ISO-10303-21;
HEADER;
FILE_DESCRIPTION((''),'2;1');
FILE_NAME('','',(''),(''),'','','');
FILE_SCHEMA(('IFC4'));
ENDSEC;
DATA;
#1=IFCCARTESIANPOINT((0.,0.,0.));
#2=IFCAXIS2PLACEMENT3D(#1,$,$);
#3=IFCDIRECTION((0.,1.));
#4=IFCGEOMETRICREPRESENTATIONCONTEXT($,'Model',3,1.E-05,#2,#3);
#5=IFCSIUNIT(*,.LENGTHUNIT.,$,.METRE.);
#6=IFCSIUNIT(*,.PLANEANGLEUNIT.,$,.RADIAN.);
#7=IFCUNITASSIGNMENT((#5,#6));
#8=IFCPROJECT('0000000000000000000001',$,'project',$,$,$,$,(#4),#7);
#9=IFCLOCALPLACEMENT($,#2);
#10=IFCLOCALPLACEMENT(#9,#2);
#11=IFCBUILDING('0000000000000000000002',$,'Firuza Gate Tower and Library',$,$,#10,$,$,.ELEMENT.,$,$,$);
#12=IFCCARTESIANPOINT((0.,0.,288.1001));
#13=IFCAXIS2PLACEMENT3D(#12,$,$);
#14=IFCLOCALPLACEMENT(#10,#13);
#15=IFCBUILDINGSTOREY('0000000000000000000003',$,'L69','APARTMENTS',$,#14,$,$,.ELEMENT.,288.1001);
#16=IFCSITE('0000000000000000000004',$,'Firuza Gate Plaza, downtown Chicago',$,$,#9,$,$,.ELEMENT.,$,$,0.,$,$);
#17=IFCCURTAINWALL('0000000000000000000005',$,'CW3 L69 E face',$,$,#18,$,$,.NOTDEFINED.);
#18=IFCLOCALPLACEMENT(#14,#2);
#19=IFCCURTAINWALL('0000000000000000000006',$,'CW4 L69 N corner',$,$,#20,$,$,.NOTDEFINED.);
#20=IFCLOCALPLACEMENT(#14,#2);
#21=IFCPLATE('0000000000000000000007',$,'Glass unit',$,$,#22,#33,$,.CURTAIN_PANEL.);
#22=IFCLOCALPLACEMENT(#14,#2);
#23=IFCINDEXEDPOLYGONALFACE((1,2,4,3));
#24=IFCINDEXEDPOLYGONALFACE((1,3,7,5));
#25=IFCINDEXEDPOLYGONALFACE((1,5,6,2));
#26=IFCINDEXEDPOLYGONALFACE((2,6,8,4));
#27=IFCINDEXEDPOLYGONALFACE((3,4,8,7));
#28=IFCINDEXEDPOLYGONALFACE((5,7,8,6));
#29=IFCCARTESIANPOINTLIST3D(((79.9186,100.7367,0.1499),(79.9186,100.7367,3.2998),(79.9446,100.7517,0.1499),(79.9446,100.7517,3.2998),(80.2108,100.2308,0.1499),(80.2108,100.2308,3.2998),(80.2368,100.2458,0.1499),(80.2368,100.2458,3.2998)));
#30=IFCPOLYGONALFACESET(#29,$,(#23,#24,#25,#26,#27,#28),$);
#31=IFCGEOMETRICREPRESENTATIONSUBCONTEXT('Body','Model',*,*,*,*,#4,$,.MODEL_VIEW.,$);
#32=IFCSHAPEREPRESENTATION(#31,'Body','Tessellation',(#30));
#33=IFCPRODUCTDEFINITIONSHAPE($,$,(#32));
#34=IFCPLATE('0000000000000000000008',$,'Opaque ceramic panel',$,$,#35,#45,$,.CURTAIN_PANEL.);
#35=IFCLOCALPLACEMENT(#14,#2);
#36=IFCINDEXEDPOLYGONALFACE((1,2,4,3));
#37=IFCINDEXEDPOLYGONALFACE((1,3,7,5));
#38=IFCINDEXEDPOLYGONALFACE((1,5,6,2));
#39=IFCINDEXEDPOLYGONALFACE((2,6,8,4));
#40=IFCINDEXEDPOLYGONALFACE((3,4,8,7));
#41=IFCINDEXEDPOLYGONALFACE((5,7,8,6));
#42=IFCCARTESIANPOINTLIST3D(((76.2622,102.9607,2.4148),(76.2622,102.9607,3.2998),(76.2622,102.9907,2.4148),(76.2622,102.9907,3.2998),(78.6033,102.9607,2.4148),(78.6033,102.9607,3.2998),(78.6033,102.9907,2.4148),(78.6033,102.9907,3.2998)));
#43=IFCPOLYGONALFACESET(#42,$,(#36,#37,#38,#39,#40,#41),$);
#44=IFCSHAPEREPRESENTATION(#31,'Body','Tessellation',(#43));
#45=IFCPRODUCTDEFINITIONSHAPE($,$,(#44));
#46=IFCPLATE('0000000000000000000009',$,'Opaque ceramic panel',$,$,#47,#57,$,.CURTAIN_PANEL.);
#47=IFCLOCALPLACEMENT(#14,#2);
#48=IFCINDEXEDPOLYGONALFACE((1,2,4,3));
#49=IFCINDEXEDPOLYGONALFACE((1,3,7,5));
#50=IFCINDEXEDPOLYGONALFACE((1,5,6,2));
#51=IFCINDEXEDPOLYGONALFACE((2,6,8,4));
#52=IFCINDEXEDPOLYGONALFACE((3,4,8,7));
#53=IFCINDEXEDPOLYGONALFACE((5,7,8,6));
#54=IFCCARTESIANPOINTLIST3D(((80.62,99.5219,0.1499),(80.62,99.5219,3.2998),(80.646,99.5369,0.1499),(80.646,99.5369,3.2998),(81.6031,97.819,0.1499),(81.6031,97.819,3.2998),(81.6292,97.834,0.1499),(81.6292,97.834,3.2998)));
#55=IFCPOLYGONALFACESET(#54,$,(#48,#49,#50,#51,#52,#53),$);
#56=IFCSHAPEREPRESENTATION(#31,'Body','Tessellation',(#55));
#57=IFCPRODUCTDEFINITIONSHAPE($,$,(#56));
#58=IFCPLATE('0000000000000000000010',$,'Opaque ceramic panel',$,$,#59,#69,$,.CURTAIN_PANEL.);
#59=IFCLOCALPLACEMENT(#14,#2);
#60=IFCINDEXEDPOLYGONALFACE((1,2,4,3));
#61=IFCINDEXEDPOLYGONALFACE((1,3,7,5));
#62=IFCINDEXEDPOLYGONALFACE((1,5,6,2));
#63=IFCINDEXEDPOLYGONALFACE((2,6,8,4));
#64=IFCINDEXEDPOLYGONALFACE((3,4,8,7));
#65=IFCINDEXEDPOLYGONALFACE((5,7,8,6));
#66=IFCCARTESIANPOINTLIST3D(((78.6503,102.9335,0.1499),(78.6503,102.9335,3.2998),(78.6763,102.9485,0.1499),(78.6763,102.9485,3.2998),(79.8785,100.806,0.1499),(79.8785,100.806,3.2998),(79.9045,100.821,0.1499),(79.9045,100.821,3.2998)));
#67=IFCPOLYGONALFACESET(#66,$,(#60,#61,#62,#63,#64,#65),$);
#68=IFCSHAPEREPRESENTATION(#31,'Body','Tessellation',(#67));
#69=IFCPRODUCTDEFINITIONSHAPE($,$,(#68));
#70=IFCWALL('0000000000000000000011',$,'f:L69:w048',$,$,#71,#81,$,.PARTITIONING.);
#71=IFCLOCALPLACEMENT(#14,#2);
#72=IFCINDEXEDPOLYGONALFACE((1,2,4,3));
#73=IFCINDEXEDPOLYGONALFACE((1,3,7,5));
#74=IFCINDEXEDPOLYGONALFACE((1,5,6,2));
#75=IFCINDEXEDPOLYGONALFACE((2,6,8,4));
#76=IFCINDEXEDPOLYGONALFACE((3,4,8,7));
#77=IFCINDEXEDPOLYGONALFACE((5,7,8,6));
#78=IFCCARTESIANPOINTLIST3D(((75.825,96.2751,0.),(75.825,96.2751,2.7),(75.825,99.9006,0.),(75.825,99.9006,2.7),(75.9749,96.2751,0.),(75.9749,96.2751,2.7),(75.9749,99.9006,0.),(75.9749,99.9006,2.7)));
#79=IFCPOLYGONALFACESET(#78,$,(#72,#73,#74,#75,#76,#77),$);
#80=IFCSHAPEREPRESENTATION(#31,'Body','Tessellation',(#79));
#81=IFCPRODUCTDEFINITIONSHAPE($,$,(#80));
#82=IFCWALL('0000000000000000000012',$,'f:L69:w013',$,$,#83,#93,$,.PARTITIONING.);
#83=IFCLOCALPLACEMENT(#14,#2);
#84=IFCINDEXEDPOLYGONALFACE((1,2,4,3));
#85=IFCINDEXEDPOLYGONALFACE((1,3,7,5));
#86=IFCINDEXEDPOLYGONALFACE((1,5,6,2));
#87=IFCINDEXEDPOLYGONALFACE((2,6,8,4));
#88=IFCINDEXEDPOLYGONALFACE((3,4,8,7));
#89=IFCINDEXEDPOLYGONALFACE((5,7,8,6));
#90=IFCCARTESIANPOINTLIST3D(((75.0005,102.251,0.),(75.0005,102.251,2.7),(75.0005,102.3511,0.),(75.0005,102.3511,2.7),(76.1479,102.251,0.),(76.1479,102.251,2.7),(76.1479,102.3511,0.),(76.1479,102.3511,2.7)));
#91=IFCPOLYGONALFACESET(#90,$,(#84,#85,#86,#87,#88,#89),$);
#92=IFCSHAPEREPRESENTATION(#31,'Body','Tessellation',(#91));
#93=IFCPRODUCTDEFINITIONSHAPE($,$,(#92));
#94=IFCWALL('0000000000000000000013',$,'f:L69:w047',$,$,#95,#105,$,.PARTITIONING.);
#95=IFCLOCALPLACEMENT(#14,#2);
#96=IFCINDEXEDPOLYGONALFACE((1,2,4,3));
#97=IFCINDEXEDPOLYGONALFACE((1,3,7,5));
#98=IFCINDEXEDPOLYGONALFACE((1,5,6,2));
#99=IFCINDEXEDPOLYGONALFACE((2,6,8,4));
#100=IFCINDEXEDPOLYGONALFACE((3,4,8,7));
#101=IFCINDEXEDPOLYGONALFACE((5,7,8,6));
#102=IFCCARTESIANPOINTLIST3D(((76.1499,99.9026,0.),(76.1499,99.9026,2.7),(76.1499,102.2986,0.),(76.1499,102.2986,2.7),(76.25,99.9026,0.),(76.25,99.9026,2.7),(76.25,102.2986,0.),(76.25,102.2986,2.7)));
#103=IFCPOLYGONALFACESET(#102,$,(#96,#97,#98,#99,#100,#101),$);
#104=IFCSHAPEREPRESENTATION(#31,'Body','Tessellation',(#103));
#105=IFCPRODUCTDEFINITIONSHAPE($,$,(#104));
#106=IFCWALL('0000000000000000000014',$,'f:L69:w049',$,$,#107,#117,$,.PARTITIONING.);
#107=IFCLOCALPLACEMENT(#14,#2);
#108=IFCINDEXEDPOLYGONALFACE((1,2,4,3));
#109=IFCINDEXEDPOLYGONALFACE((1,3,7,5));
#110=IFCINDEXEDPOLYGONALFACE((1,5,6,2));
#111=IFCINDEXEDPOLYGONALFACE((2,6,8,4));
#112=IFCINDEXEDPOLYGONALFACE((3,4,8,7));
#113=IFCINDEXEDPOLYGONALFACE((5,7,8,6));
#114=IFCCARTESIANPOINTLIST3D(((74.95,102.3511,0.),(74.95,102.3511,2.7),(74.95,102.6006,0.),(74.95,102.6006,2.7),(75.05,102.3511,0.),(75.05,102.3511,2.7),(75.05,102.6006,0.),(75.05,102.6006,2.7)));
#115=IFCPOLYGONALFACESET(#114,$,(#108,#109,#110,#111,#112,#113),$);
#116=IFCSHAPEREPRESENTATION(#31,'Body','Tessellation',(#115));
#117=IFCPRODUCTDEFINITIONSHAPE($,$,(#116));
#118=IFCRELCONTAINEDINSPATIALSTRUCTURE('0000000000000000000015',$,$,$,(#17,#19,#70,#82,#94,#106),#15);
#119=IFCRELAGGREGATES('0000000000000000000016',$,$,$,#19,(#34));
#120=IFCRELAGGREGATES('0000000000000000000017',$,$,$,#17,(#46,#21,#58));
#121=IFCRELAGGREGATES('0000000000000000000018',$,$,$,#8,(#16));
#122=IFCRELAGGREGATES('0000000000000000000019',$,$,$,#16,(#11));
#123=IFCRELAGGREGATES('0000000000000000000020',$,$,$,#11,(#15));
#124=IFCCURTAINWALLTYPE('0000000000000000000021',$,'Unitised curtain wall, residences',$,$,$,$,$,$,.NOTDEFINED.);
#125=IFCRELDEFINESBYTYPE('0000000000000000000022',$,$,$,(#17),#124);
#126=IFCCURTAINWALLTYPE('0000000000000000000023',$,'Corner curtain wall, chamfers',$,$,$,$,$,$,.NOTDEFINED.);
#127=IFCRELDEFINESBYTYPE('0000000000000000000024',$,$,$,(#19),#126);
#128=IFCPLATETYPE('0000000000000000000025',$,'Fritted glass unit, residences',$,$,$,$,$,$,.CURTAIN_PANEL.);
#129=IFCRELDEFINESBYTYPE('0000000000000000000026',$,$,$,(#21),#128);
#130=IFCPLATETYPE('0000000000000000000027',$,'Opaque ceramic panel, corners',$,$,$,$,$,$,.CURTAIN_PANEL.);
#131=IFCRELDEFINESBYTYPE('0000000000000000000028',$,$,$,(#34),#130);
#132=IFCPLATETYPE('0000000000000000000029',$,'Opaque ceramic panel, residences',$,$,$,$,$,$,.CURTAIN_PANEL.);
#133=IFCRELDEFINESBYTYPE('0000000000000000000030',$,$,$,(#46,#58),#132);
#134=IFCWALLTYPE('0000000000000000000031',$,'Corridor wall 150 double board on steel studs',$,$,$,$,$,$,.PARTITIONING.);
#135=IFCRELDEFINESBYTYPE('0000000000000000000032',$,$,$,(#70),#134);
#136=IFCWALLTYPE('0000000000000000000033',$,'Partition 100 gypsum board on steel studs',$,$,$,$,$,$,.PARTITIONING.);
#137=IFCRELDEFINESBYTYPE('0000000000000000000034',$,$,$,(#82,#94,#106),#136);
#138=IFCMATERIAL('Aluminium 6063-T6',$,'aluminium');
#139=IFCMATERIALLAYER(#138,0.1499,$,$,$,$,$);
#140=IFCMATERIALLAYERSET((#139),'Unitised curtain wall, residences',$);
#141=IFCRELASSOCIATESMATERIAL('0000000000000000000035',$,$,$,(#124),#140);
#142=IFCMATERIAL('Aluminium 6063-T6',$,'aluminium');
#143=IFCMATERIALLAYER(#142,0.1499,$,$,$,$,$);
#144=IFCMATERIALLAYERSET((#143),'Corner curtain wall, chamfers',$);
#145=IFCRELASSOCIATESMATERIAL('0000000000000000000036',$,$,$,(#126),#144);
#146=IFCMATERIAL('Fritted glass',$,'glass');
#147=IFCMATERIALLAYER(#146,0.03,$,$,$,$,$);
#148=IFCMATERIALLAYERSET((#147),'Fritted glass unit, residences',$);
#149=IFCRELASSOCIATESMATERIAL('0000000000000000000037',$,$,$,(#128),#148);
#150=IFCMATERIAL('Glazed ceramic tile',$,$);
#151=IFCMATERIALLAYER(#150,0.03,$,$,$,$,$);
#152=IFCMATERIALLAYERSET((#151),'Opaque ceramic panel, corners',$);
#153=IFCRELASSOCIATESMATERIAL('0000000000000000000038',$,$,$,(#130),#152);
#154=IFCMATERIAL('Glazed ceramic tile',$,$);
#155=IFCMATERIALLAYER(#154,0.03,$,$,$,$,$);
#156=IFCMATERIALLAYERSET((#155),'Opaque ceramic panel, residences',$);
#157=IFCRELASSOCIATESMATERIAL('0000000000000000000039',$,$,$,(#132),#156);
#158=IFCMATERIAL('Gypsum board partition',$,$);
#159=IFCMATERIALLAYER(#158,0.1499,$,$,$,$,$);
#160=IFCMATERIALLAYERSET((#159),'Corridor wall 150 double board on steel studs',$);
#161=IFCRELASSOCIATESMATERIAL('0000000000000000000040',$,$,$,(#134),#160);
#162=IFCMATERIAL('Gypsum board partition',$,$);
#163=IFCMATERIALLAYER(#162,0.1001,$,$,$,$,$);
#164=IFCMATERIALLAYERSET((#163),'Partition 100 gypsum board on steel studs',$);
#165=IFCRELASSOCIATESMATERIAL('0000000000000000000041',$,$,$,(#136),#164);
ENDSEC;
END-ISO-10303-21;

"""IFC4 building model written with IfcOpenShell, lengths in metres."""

from ifc_helpers import new_model, si_unit, direction, frame, frame_2d, origin, place, context, subcontext, project, spatial, polyline, rectangle, outline, extrude, material, layer, layer_set, type_object, element, aggregate, save


model = new_model("IFC4")

# Units and contexts
model_context = context("Model", 3, precision=1e-05, world=origin(), true_north=direction((0.0, 1.0)))
body_context = subcontext(model_context, "Body", "Model", "MODEL_VIEW")
ifc_project = project(units=[si_unit("LENGTHUNIT", "METRE"), si_unit("PLANEANGLEUNIT", "RADIAN")], contexts=[model_context])

# Site, building, storey
site_placement = place(None, origin())
site = spatial("IfcSite", under=ifc_project, at=site_placement, Name="Firuza Gate Plaza, downtown Chicago", CompositionType="ELEMENT", RefElevation=0.0)
building_placement = place(site_placement, origin())
building = spatial("IfcBuilding", under=site, at=building_placement, Name="Firuza Gate Tower and Library", CompositionType="ELEMENT")
storey_placement = place(building_placement, frame((0.0, 0.0, 288.1001)))
storey = spatial("IfcBuildingStorey", under=building, at=storey_placement, Name="L69", Description="APARTMENTS", CompositionType="ELEMENT", Elevation=288.1001)

# Curtain walls
ifc_material_1 = material(Name="Aluminium 6063-T6", Category="aluminium")
ifc_layer_1 = layer(ifc_material_1, 0.1499)
ifc_layer_set_1 = layer_set([ifc_layer_1], Name="Unitised curtain wall, residences")
curtain_wall_type_1 = type_object("IfcCurtainWallType", Name="Unitised curtain wall, residences", PredefinedType="NOTDEFINED", material=ifc_layer_set_1)
placement = place(storey_placement, origin())
curtain_wall_1 = element("IfcCurtainWall", 1, at=placement, inside=storey, type_object=curtain_wall_type_1, Name="CW3 L69 E face", PredefinedType="NOTDEFINED")
ifc_material_2 = material(Name="Aluminium 6063-T6", Category="aluminium")
ifc_layer_2 = layer(ifc_material_2, 0.1499)
ifc_layer_set_2 = layer_set([ifc_layer_2], Name="Corner curtain wall, chamfers")
curtain_wall_type_2 = type_object("IfcCurtainWallType", Name="Corner curtain wall, chamfers", PredefinedType="NOTDEFINED", material=ifc_layer_set_2)
curtain_wall_2 = element("IfcCurtainWall", 2, at=placement, inside=storey, type_object=curtain_wall_type_2, Name="CW4 L69 N corner", PredefinedType="NOTDEFINED")

# Plates
ifc_material_3 = material(Name="Fritted glass", Category="glass")
ifc_layer_3 = layer(ifc_material_3, 0.03)
ifc_layer_set_3 = layer_set([ifc_layer_3], Name="Fritted glass unit, residences")
plate_type_1 = type_object("IfcPlateType", Name="Fritted glass unit, residences", PredefinedType="CURTAIN_PANEL", material=ifc_layer_set_3)
plate_1_placement = place(storey_placement, frame((80.2368, 100.2458, 0.1499), z_axis=(0.865893, 0.500229, 0.0), x_axis=(-0.500229, 0.865893, 0.0)))
plate_1 = element("IfcPlate", 3, at=plate_1_placement, type_object=plate_type_1, Name="Glass unit", PredefinedType="CURTAIN_PANEL", context=body_context, shape_type="SweptSolid", body=[
    extrude(outline(polyline([(0.0, 0.0), (0.5842, 0.0), (0.5842, 3.1499), (0.0, 3.1499), (0.0, 0.0)])), origin(), (0.0, 0.0, -1.0), 0.03),
])
ifc_material_4 = material(Name="Glazed ceramic tile")
ifc_layer_4 = layer(ifc_material_4, 0.03)
ifc_layer_set_4 = layer_set([ifc_layer_4], Name="Opaque ceramic panel, corners")
plate_type_2 = type_object("IfcPlateType", Name="Opaque ceramic panel, corners", PredefinedType="CURTAIN_PANEL", material=ifc_layer_set_4)
plate_2_placement = place(storey_placement, frame((78.6033, 102.9907, 2.4148), z_axis=(0.0, 1.0, 0.0), x_axis=(-1.0, 0.0, 0.0)))
plate_2 = element("IfcPlate", 4, at=plate_2_placement, type_object=plate_type_2, Name="Opaque ceramic panel", PredefinedType="CURTAIN_PANEL", context=body_context, shape_type="SweptSolid", body=[
    extrude(outline(polyline([(0.0, 0.0), (2.3411, 0.0), (2.3411, 0.885), (0.0, 0.885), (0.0, 0.0)])), origin(), (0.0, 0.0, -1.0), 0.03),
])
aggregate(curtain_wall_2, [plate_2])
ifc_material_5 = material(Name="Glazed ceramic tile")
ifc_layer_5 = layer(ifc_material_5, 0.03)
ifc_layer_set_5 = layer_set([ifc_layer_5], Name="Opaque ceramic panel, residences")
plate_type_3 = type_object("IfcPlateType", Name="Opaque ceramic panel, residences", PredefinedType="CURTAIN_PANEL", material=ifc_layer_set_5)
plate_3_placement = place(storey_placement, frame((81.6292, 97.834, 0.1499), z_axis=(0.866026, 0.499998, 0.0), x_axis=(-0.499998, 0.866026, 0.0)))
plate_3 = element("IfcPlate", 5, at=plate_3_placement, type_object=plate_type_3, Name="Opaque ceramic panel", PredefinedType="CURTAIN_PANEL", context=body_context, shape_type="SweptSolid", body=[
    extrude(outline(polyline([(0.0, 0.0), (1.9663, 0.0), (1.9663, 3.1499), (0.0, 3.1499), (0.0, 0.0)])), origin(), (0.0, 0.0, -1.0), 0.03),
])
plate_4_placement = place(storey_placement, frame((79.9045, 100.821, 0.1499), z_axis=(0.866027, 0.499998, 0.0), x_axis=(-0.499998, 0.866027, 0.0)))
plate_4 = element("IfcPlate", 6, at=plate_4_placement, type_object=plate_type_3, Name="Opaque ceramic panel", PredefinedType="CURTAIN_PANEL", context=body_context, shape_type="SweptSolid", body=[
    extrude(outline(polyline([(0.0, 0.0), (2.4566, 0.0), (2.4566, 3.1499), (0.0, 3.1499), (0.0, 0.0)])), origin(), (0.0, 0.0, -1.0), 0.03),
])
aggregate(curtain_wall_1, [plate_3, plate_1, plate_4])

# Walls
ifc_material_6 = material(Name="Gypsum board partition")
ifc_layer_6 = layer(ifc_material_6, 0.1499)
ifc_layer_set_6 = layer_set([ifc_layer_6], Name="Corridor wall 150 double board on steel studs")
wall_type_1 = type_object("IfcWallType", Name="Corridor wall 150 double board on steel studs", PredefinedType="PARTITIONING", material=ifc_layer_set_6)
wall_1_placement = place(storey_placement, frame((75.8999, 96.2751, 0.0), z_axis=(0.0, 0.0, 1.0), x_axis=(0.0, 1.0, 0.0)))
element("IfcWall", 7, at=wall_1_placement, inside=storey, type_object=wall_type_1, Name="f:L69:w048", PredefinedType="PARTITIONING", context=body_context, shape_type="SweptSolid", body=[
    extrude(rectangle(XDim=3.6255, YDim=0.1499, at=frame_2d((1.8127, 0.0))), origin(), (0.0, 0.0, 1.0), 2.7),
])
ifc_material_7 = material(Name="Gypsum board partition")
ifc_layer_7 = layer(ifc_material_7, 0.1001)
ifc_layer_set_7 = layer_set([ifc_layer_7], Name="Partition 100 gypsum board on steel studs")
wall_type_2 = type_object("IfcWallType", Name="Partition 100 gypsum board on steel studs", PredefinedType="PARTITIONING", material=ifc_layer_set_7)
wall_2_placement = place(storey_placement, frame((75.0005, 102.301, 0.0), z_axis=(0.0, 0.0, 1.0), x_axis=(1.0, 0.0, 0.0)))
element("IfcWall", 8, at=wall_2_placement, inside=storey, type_object=wall_type_2, Name="f:L69:w013", PredefinedType="PARTITIONING", context=body_context, shape_type="SweptSolid", body=[
    extrude(rectangle(XDim=1.1475, YDim=0.1001, at=frame_2d((0.5737, 0.0))), origin(), (0.0, 0.0, 1.0), 2.7),
])
wall_3_placement = place(storey_placement, frame((76.2, 99.9026, 0.0), z_axis=(0.0, 0.0, 1.0), x_axis=(0.0, 1.0, 0.0)))
element("IfcWall", 9, at=wall_3_placement, inside=storey, type_object=wall_type_2, Name="f:L69:w047", PredefinedType="PARTITIONING", context=body_context, shape_type="SweptSolid", body=[
    extrude(rectangle(XDim=2.396, YDim=0.1001, at=frame_2d((1.198, 0.0))), origin(), (0.0, 0.0, 1.0), 2.7),
])
wall_4_placement = place(storey_placement, frame((75.0, 102.3511, 0.0), z_axis=(0.0, 0.0, 1.0), x_axis=(0.0, 1.0, 0.0)))
element("IfcWall", 10, at=wall_4_placement, inside=storey, type_object=wall_type_2, Name="f:L69:w049", PredefinedType="PARTITIONING", context=body_context, shape_type="SweptSolid", body=[
    extrude(rectangle(XDim=0.2495, YDim=0.1001, at=frame_2d((0.1248, 0.0))), origin(), (0.0, 0.0, 1.0), 2.7),
])

save(model, "model.ifc")
